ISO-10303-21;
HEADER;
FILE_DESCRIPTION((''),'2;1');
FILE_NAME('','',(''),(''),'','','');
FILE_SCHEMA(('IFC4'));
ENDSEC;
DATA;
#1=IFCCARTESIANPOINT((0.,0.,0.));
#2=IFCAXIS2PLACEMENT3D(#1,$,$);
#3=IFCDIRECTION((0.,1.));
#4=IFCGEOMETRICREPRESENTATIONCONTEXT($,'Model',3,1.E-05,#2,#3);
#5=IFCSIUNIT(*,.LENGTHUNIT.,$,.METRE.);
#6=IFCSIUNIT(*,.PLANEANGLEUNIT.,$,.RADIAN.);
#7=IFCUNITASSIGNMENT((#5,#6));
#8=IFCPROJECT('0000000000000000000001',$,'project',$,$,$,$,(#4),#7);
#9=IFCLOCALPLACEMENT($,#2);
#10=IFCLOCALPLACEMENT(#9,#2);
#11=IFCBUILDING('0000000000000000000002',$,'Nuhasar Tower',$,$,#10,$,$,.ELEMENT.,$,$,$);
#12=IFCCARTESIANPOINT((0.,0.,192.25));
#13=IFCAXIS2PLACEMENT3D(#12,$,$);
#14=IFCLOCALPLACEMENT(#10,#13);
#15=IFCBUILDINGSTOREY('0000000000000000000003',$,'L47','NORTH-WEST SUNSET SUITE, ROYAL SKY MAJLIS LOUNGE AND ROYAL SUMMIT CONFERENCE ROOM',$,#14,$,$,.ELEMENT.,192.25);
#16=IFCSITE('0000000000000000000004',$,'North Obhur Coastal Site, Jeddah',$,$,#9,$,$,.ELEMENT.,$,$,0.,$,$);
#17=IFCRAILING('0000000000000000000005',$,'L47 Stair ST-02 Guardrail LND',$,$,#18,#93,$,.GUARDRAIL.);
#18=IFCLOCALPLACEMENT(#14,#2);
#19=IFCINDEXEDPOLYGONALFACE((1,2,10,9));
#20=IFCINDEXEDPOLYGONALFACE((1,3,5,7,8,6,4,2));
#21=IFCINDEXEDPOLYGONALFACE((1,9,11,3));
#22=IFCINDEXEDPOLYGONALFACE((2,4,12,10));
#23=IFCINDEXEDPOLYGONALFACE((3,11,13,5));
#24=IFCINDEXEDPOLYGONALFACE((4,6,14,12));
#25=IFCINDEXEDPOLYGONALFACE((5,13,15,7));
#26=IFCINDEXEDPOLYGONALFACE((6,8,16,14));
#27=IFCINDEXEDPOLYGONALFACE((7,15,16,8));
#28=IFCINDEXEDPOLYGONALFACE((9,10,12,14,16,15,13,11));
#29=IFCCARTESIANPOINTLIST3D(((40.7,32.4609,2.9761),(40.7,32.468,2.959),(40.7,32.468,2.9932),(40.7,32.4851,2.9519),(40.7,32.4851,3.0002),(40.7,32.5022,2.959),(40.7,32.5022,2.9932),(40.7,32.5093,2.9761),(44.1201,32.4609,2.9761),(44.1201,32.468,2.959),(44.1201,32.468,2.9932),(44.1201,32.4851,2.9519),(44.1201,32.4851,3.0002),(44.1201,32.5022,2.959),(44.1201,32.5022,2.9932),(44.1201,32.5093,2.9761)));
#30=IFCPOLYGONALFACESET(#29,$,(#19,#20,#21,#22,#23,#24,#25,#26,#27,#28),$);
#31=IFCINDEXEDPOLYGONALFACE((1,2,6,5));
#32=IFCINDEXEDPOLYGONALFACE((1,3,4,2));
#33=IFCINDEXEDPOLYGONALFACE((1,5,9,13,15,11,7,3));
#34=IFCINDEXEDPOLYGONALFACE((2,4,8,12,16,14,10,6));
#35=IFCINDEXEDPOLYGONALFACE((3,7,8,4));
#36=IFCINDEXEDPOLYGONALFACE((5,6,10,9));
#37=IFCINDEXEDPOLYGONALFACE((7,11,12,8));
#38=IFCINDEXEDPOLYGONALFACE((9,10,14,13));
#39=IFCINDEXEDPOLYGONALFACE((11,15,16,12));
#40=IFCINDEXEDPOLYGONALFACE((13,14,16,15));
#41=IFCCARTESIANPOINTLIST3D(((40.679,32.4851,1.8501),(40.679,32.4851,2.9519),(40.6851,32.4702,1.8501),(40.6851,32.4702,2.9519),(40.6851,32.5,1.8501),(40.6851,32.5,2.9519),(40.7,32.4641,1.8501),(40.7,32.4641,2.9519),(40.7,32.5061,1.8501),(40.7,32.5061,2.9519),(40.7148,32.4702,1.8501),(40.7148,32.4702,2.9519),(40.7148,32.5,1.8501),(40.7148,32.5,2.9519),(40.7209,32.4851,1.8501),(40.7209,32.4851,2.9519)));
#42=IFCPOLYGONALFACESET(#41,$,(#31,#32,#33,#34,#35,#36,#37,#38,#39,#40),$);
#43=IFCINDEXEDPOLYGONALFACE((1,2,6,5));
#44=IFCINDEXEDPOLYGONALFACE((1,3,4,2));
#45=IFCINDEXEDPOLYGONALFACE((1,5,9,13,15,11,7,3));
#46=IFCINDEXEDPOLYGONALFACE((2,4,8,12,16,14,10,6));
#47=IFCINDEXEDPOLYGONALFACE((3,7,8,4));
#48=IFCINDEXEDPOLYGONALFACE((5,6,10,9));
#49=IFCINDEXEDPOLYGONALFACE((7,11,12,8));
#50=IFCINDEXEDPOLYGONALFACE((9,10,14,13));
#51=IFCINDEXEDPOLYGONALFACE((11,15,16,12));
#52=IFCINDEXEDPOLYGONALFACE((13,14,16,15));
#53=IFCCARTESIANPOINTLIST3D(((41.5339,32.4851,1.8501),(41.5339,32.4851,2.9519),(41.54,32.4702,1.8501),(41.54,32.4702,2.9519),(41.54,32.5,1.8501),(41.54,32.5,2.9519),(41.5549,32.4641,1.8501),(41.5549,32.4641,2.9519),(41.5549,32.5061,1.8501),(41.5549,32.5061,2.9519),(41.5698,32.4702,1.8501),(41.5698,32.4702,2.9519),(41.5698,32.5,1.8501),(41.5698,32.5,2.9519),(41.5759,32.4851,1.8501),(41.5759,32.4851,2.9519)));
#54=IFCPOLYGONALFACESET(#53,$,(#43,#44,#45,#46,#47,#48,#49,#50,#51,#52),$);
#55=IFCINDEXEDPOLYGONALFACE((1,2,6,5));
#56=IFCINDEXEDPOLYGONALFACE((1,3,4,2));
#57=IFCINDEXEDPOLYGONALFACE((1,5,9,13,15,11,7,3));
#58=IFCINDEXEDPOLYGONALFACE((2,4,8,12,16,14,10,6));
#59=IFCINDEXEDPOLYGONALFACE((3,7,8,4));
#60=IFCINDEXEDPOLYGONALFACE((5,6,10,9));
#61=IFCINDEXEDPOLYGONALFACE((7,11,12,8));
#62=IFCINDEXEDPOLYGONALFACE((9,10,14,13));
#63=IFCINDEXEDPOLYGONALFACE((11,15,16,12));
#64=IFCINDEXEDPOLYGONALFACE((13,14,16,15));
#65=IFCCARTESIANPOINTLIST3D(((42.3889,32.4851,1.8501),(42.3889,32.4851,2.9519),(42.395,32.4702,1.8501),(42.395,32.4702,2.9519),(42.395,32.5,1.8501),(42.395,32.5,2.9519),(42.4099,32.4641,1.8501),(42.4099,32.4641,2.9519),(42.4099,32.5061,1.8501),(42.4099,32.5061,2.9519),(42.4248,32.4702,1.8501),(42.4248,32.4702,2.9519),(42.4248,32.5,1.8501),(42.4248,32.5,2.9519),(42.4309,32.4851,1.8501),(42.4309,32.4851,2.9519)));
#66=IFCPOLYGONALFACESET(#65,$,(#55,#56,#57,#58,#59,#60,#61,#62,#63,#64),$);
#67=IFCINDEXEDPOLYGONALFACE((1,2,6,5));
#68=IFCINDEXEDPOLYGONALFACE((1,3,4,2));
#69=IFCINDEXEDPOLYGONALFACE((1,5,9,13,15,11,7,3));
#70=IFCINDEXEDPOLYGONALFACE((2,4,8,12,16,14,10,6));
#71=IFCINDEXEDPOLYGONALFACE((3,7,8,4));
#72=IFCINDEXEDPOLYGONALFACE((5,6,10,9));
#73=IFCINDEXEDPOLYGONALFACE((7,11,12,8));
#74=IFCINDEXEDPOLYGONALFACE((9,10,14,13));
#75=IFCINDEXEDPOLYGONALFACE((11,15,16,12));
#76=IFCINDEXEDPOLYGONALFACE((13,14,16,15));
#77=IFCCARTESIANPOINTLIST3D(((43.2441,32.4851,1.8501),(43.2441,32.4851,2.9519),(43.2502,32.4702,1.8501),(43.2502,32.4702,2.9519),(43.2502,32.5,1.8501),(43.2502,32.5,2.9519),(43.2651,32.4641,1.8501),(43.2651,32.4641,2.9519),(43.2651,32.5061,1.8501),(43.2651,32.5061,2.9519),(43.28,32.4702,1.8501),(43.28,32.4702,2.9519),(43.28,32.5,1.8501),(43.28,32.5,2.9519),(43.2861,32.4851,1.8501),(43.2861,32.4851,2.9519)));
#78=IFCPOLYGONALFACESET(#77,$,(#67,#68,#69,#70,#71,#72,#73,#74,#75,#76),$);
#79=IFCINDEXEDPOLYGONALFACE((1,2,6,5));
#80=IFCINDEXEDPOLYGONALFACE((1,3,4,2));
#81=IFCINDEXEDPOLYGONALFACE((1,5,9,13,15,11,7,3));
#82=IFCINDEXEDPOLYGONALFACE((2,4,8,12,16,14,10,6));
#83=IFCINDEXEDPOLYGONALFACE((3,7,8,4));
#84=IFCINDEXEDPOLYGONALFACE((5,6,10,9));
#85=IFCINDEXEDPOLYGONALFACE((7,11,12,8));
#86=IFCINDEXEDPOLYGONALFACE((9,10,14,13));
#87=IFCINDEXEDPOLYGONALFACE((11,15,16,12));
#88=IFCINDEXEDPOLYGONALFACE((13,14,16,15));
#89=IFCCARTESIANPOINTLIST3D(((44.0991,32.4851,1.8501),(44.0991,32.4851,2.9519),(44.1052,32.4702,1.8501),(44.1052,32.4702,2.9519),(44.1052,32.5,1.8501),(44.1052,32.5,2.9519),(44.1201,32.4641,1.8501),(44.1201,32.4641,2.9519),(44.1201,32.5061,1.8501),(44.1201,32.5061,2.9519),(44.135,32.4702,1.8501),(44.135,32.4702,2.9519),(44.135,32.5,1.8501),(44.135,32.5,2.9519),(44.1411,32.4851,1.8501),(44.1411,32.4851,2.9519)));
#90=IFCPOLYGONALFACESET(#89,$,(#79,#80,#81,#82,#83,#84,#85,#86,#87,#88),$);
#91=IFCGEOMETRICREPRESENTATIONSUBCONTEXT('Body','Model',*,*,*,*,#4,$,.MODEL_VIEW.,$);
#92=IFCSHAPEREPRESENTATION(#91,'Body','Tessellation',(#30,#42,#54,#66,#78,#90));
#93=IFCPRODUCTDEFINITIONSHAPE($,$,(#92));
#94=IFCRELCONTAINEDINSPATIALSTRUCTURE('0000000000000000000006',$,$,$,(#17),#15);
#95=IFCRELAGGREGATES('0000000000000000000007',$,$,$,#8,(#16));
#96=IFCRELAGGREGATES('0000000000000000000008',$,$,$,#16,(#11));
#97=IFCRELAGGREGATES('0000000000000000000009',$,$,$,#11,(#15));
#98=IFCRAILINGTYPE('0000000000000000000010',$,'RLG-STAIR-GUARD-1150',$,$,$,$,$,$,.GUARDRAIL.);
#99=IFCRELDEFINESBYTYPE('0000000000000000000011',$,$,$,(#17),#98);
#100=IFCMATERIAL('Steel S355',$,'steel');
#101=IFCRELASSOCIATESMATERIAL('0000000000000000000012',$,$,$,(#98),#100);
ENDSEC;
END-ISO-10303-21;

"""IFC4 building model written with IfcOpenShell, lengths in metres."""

from ifc_helpers import new_model, si_unit, direction, frame, origin, place, context, subcontext, project, spatial, polyline, outline, extrude, material, type_object, element, save


model = new_model("IFC4")

# Units and contexts
model_context = context("Model", 3, precision=1e-05, world=origin(), true_north=direction((0.0, 1.0)))
body_context = subcontext(model_context, "Body", "Model", "MODEL_VIEW")
ifc_project = project(units=[si_unit("LENGTHUNIT", "METRE"), si_unit("PLANEANGLEUNIT", "RADIAN")], contexts=[model_context])

# Site, building, storey
site_placement = place(None, origin())
site = spatial("IfcSite", under=ifc_project, at=site_placement, Name="North Obhur Coastal Site, Jeddah", CompositionType="ELEMENT", RefElevation=0.0)
building_placement = place(site_placement, origin())
building = spatial("IfcBuilding", under=site, at=building_placement, Name="Nuhasar Tower", CompositionType="ELEMENT")
storey_placement = place(building_placement, frame((0.0, 0.0, 192.25)))
storey = spatial("IfcBuildingStorey", under=building, at=storey_placement, Name="L47", Description="NORTH-WEST SUNSET SUITE, ROYAL SKY MAJLIS LOUNGE AND ROYAL SUMMIT CONFERENCE ROOM", CompositionType="ELEMENT", Elevation=192.25)

# Shared definitions
ifc_material_1 = material(Name="Steel S355", Category="steel")

# Railing
railing_type_1 = type_object("IfcRailingType", Name="RLG-STAIR-GUARD-1150", PredefinedType="GUARDRAIL", material=ifc_material_1)
railing_1_placement = place(storey_placement, frame((40.7, 32.4851, 1.8501)))
element("IfcRailing", 1, at=railing_1_placement, inside=storey, type_object=railing_type_1, Name="L47 Stair ST-02 Guardrail LND", PredefinedType="GUARDRAIL", context=body_context, shape_type="SweptSolid", body=[
    extrude(outline(polyline([(0.0242, 0.0), (0.0171, 0.0171), (0.0, 0.0242), (-0.0171, 0.0171), (-0.0242, 0.0), (-0.0171, -0.0171), (0.0, -0.0242), (0.0171, -0.0171), (0.0242, 0.0)])), frame((0.0, 0.0, 1.126), z_axis=(1.0, 0.0, 0.0), x_axis=(0.0, 1.0, 0.0)), (0.0, 0.0, 1.0), 3.4202),
    extrude(outline(polyline([(0.021, 0.0), (0.0149, 0.0149), (0.0, 0.021), (-0.0149, 0.0149), (-0.021, 0.0), (-0.0149, -0.0149), (0.0, -0.021), (0.0149, -0.0149), (0.021, 0.0)])), origin(), (0.0, 0.0, 1.0), 1.1018),
    extrude(outline(polyline([(0.021, 0.0), (0.0149, 0.0149), (0.0, 0.021), (-0.0149, 0.0149), (-0.021, 0.0), (-0.0149, -0.0149), (0.0, -0.021), (0.0149, -0.0149), (0.021, 0.0)])), frame((0.855, 0.0, 0.0)), (0.0, 0.0, 1.0), 1.1018),
    extrude(outline(polyline([(0.021, 0.0), (0.0149, 0.0149), (0.0, 0.021), (-0.0149, 0.0149), (-0.021, 0.0), (-0.0149, -0.0149), (0.0, -0.021), (0.0149, -0.0149), (0.021, 0.0)])), frame((1.71, 0.0, 0.0)), (0.0, 0.0, 1.0), 1.1018),
    extrude(outline(polyline([(0.021, 0.0), (0.0149, 0.0149), (0.0, 0.021), (-0.0149, 0.0149), (-0.021, 0.0), (-0.0149, -0.0149), (0.0, -0.021), (0.0149, -0.0149), (0.021, 0.0)])), frame((2.5652, 0.0, 0.0)), (0.0, 0.0, 1.0), 1.1018),
    extrude(outline(polyline([(0.021, 0.0), (0.0149, 0.0149), (0.0, 0.021), (-0.0149, 0.0149), (-0.021, 0.0), (-0.0149, -0.0149), (0.0, -0.021), (0.0149, -0.0149), (0.021, 0.0)])), frame((3.4202, 0.0, 0.0)), (0.0, 0.0, 1.0), 1.1018),
])

save(model, "model.ifc")
